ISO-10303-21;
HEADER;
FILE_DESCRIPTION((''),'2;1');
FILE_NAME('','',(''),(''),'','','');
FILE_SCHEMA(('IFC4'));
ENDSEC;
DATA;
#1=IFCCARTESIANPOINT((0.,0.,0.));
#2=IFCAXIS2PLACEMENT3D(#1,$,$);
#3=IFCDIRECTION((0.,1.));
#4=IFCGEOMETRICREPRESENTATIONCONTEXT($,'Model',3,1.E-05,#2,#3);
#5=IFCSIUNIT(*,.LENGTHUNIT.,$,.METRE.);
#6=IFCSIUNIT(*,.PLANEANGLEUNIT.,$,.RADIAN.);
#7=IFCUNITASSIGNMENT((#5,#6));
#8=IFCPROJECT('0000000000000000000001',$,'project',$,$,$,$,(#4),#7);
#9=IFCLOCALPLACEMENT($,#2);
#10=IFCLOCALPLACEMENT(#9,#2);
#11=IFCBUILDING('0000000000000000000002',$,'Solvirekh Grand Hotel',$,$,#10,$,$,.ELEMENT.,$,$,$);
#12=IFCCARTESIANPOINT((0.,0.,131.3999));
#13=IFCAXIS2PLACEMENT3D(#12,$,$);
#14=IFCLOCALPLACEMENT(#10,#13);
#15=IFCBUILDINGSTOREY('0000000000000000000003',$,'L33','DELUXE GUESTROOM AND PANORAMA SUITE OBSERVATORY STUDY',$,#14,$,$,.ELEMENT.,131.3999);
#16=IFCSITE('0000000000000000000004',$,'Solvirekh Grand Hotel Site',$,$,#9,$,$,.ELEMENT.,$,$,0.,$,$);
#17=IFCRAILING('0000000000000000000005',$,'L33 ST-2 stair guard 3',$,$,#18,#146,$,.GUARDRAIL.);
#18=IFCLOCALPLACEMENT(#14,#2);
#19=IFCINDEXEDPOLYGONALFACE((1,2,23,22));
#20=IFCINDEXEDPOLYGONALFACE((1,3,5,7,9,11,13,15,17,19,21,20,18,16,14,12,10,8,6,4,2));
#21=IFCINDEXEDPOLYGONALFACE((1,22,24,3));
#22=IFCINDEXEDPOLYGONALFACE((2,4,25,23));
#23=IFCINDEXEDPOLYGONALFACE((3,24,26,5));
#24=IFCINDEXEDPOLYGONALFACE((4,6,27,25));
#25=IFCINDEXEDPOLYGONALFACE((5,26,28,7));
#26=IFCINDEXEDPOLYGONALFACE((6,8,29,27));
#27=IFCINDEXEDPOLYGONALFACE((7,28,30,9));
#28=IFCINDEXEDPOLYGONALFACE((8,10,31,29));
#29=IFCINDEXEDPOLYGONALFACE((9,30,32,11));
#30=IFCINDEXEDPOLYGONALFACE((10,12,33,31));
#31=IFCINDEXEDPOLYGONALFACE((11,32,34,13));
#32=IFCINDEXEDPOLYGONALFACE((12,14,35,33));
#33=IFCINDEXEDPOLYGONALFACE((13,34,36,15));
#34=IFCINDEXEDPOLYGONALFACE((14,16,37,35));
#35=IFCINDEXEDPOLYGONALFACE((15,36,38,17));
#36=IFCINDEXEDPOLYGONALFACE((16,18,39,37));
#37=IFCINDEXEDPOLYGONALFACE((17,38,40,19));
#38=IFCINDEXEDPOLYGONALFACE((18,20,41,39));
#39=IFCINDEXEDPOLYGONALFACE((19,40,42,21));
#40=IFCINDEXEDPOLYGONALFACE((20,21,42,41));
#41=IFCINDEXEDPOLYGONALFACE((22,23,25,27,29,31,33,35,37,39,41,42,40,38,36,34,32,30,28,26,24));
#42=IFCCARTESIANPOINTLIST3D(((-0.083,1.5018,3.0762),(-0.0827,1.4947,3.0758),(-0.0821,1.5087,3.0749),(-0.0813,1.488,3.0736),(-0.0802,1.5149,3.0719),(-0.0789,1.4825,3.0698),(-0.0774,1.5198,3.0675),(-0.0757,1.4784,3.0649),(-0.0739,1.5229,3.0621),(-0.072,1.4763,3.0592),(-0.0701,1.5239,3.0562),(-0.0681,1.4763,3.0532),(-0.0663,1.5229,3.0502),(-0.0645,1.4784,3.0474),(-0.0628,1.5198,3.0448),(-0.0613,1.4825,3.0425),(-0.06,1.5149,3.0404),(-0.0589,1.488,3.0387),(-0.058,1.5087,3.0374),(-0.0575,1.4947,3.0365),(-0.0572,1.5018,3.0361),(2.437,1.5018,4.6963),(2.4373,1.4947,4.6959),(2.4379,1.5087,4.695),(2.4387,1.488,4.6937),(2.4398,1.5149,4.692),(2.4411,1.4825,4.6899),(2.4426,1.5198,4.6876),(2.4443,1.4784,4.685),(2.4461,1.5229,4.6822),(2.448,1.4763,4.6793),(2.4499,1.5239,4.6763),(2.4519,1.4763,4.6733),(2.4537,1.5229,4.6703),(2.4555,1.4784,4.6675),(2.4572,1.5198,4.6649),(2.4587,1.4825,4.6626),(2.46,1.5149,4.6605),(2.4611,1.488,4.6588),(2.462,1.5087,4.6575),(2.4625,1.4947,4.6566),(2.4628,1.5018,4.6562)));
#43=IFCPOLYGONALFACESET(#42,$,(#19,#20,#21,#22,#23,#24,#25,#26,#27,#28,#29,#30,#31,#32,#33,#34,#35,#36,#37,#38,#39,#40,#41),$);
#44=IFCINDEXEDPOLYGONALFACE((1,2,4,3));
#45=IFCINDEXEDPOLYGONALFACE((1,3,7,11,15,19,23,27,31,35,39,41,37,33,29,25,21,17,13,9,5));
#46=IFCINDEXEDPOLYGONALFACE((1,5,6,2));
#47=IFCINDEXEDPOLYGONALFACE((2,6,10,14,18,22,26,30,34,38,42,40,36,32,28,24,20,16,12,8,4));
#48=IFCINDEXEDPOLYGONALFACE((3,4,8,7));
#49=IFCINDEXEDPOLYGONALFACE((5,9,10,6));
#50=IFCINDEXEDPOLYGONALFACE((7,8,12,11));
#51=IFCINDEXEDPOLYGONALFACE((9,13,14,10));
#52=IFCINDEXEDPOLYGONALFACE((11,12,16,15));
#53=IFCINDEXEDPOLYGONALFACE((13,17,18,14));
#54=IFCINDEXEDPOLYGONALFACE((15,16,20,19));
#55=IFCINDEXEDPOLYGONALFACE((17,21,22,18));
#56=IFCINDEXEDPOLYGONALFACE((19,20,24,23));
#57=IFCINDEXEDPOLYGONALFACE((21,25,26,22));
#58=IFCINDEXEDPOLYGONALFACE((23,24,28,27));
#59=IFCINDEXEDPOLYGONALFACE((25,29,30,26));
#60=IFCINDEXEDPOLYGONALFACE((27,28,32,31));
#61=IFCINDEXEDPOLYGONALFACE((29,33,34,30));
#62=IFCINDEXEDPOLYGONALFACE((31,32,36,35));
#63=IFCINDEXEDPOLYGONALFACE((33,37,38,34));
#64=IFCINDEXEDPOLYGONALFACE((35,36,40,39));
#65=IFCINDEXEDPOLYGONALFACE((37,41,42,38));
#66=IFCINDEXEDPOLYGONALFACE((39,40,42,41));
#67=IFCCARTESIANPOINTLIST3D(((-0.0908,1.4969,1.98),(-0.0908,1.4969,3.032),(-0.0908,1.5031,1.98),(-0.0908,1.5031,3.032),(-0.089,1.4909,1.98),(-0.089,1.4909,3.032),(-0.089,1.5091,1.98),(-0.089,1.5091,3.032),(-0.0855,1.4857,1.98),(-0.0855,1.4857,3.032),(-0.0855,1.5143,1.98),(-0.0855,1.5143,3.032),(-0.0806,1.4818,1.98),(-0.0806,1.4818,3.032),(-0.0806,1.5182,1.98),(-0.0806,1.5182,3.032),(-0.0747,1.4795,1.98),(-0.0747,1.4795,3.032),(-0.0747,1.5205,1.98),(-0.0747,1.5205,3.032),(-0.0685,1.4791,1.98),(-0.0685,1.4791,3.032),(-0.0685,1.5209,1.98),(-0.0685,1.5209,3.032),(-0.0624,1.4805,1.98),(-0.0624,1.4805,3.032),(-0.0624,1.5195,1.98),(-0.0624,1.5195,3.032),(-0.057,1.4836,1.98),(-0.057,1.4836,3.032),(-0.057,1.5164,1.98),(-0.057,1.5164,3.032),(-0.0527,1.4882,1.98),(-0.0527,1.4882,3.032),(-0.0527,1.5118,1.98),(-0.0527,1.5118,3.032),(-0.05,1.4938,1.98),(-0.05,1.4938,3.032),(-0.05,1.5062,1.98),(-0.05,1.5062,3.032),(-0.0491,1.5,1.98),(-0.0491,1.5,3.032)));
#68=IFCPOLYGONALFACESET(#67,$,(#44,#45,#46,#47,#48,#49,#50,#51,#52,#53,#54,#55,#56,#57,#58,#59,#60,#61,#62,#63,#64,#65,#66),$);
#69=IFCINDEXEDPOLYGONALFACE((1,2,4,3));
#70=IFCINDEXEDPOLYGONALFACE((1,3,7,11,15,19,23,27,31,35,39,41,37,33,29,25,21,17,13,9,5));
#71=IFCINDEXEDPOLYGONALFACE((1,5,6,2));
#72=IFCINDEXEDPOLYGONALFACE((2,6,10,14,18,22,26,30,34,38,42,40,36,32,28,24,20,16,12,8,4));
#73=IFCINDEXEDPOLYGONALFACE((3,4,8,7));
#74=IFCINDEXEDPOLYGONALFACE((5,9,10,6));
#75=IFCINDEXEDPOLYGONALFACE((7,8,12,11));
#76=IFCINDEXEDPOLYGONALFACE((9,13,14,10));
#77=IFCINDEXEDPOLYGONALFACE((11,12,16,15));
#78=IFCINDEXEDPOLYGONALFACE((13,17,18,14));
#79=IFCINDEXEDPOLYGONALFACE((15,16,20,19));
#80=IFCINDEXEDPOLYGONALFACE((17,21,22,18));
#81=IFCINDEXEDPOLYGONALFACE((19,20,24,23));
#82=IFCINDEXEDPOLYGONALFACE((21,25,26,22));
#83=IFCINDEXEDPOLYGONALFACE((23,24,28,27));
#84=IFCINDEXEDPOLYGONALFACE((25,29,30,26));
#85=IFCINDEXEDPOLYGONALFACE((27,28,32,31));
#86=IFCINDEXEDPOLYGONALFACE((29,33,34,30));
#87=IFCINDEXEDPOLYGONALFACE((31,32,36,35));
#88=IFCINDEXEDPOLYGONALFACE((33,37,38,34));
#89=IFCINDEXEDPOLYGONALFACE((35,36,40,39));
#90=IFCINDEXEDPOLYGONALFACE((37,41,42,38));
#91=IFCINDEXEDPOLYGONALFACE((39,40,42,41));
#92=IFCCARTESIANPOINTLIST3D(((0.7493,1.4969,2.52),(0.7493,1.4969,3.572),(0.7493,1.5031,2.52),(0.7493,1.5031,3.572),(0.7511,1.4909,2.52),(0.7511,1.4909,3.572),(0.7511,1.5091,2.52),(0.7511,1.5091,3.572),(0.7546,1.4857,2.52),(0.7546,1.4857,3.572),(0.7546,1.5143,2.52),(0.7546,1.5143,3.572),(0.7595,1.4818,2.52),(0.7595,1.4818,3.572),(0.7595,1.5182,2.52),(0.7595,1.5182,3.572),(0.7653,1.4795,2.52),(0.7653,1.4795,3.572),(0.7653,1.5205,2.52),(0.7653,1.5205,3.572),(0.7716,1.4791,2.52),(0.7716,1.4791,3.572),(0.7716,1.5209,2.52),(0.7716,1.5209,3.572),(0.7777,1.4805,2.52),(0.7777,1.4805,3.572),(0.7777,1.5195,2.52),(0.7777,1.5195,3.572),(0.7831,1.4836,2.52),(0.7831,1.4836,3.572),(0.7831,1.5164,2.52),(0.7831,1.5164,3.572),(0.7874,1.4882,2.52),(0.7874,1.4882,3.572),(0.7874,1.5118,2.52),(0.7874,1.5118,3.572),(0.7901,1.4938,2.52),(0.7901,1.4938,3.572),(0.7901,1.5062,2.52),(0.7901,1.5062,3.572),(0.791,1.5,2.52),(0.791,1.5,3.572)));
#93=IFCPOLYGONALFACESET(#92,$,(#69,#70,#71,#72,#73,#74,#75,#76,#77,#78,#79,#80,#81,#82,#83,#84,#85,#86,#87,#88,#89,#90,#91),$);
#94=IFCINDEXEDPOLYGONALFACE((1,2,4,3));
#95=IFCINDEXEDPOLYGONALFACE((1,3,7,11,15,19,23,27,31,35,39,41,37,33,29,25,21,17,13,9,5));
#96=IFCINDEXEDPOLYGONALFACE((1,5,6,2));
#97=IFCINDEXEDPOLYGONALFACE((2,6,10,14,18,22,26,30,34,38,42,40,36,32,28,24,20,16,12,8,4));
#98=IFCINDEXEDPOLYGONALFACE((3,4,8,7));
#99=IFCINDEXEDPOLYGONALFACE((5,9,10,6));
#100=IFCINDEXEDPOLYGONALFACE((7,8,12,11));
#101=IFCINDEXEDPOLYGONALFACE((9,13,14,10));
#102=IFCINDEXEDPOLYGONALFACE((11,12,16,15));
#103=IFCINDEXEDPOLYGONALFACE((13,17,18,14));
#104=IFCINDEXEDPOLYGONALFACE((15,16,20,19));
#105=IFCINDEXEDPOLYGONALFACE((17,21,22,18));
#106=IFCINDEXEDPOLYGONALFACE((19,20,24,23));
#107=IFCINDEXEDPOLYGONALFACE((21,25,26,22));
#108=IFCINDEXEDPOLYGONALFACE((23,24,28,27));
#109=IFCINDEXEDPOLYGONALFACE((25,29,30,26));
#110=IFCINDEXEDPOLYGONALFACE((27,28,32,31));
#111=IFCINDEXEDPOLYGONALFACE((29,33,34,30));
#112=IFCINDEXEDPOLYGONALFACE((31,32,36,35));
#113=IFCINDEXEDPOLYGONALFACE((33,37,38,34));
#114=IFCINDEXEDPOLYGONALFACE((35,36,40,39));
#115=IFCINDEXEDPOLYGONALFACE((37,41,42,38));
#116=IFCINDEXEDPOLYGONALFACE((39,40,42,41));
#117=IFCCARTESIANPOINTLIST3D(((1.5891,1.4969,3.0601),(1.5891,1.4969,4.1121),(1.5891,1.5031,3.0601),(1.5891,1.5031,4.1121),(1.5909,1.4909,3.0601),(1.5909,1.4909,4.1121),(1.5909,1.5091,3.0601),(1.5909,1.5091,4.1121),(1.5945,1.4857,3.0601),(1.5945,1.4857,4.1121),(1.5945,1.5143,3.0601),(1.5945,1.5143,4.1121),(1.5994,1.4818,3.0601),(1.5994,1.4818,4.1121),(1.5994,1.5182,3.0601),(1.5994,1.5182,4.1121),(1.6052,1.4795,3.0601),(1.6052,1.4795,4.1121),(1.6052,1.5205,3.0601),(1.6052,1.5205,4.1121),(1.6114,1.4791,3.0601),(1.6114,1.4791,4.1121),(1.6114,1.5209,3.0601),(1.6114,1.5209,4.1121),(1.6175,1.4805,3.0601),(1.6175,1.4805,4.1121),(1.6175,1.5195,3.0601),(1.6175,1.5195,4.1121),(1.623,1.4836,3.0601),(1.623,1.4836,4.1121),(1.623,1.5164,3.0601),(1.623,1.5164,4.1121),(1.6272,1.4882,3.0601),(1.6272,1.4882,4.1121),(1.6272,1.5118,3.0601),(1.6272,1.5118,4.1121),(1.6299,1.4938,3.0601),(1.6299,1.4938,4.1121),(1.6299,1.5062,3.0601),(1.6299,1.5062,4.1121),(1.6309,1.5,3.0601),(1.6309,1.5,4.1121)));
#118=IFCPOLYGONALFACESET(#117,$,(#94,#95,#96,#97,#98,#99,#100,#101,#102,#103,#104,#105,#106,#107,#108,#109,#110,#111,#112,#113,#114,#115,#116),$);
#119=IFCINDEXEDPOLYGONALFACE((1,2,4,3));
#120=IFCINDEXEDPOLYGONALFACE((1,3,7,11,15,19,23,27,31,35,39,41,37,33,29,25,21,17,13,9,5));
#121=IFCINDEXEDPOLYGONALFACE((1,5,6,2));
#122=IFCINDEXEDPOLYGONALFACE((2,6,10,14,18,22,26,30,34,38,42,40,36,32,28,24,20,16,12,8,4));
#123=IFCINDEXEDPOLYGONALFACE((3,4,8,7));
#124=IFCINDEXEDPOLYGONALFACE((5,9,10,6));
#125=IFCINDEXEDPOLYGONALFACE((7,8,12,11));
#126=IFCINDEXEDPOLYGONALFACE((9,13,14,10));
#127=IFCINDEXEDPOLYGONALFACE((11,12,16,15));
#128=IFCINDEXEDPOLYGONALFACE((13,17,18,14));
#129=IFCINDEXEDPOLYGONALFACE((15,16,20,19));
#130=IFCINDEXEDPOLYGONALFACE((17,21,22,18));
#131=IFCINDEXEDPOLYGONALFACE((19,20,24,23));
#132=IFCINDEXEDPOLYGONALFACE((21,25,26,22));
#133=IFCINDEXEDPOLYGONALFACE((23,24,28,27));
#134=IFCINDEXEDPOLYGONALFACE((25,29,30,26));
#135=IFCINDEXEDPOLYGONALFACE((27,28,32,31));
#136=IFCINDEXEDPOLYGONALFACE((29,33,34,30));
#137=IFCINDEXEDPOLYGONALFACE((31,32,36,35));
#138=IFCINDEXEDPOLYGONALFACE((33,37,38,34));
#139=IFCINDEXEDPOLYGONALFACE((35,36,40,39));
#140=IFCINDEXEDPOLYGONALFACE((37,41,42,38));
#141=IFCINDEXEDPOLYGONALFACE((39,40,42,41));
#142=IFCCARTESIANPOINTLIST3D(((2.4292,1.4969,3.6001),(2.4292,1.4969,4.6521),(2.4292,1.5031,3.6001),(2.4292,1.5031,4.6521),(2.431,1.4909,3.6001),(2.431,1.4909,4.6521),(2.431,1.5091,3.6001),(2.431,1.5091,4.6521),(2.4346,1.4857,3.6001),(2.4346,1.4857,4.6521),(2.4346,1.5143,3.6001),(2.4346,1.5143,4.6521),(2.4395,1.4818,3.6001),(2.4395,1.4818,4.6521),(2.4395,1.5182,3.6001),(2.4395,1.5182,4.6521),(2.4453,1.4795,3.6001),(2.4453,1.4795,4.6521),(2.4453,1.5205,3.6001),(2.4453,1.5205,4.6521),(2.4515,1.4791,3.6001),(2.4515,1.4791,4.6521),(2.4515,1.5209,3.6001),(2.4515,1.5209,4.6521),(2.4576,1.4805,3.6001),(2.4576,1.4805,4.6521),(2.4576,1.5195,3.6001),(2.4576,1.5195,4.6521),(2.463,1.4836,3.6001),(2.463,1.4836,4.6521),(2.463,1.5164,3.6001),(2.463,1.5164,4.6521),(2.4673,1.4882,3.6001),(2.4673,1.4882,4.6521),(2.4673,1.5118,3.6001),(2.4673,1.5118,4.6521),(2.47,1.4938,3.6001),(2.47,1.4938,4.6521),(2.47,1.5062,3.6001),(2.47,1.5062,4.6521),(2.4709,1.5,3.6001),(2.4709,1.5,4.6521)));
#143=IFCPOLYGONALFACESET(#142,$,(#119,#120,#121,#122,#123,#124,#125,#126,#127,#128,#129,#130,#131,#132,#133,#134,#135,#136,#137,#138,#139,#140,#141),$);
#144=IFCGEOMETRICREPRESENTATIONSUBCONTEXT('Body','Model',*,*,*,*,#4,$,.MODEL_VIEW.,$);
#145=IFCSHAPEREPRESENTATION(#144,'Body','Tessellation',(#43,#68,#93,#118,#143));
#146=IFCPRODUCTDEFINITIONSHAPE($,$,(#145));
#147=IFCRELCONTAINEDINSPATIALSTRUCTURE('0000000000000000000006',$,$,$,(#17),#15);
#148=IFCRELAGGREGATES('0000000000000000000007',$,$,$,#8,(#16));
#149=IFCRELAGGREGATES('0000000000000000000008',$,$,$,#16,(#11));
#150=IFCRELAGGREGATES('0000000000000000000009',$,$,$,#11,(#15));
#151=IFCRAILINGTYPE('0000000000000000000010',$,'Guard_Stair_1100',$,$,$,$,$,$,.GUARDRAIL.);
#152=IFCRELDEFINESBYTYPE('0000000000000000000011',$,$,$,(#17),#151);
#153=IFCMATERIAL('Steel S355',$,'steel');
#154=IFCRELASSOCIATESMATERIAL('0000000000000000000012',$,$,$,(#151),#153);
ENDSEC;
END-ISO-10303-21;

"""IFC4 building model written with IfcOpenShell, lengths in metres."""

from ifc_helpers import new_model, si_unit, direction, frame, origin, origin_2d, place, context, subcontext, project, spatial, circle, extrude, material, type_object, element, save


model = new_model("IFC4")

# Units and contexts
model_context = context("Model", 3, precision=1e-05, world=origin(), true_north=direction((0.0, 1.0)))
body_context = subcontext(model_context, "Body", "Model", "MODEL_VIEW")
ifc_project = project(units=[si_unit("LENGTHUNIT", "METRE"), si_unit("PLANEANGLEUNIT", "RADIAN")], contexts=[model_context])

# Site, building, storey
site_placement = place(None, origin())
site = spatial("IfcSite", under=ifc_project, at=site_placement, Name="Solvirekh Grand Hotel Site", CompositionType="ELEMENT", RefElevation=0.0)
building_placement = place(site_placement, origin())
building = spatial("IfcBuilding", under=site, at=building_placement, Name="Solvirekh Grand Hotel", CompositionType="ELEMENT")
storey_placement = place(building_placement, frame((0.0, 0.0, 131.3999)))
storey = spatial("IfcBuildingStorey", under=building, at=storey_placement, Name="L33", Description="DELUXE GUESTROOM AND PANORAMA SUITE OBSERVATORY STUDY", CompositionType="ELEMENT", Elevation=131.3999)

# Shared definitions
ifc_material_1 = material(Name="Steel S355", Category="steel")

# Railing
railing_type = type_object("IfcRailingType", Name="Guard_Stair_1100", PredefinedType="GUARDRAIL", material=ifc_material_1)
railing_1_placement = place(storey_placement, frame((-0.0701, 1.5, 1.98)))
element("IfcRailing", 1, at=railing_1_placement, inside=storey, type_object=railing_type, Name="L33 ST-2 stair guard 3", PredefinedType="GUARDRAIL", context=body_context, shape_type="SweptSolid", body=[
    extrude(circle(Radius=0.0239, at=origin_2d()), frame((0.0, 0.0, 1.0762), z_axis=(0.841163, 0.0, 0.540782), x_axis=(0.0, 1.0, 0.0)), (0.0, 0.0, 1.0), 2.9958),
    extrude(circle(Radius=0.021, at=origin_2d()), origin(), (0.0, 0.0, 1.0), 1.052),
    extrude(circle(Radius=0.021, at=origin_2d()), frame((0.8401, 0.0, 0.54)), (0.0, 0.0, 1.0), 1.052),
    extrude(circle(Radius=0.021, at=origin_2d()), frame((1.6799, 0.0, 1.0801)), (0.0, 0.0, 1.0), 1.052),
    extrude(circle(Radius=0.021, at=origin_2d()), frame((2.52, 0.0, 1.6201)), (0.0, 0.0, 1.0), 1.052),
])

save(model, "model.ifc")
